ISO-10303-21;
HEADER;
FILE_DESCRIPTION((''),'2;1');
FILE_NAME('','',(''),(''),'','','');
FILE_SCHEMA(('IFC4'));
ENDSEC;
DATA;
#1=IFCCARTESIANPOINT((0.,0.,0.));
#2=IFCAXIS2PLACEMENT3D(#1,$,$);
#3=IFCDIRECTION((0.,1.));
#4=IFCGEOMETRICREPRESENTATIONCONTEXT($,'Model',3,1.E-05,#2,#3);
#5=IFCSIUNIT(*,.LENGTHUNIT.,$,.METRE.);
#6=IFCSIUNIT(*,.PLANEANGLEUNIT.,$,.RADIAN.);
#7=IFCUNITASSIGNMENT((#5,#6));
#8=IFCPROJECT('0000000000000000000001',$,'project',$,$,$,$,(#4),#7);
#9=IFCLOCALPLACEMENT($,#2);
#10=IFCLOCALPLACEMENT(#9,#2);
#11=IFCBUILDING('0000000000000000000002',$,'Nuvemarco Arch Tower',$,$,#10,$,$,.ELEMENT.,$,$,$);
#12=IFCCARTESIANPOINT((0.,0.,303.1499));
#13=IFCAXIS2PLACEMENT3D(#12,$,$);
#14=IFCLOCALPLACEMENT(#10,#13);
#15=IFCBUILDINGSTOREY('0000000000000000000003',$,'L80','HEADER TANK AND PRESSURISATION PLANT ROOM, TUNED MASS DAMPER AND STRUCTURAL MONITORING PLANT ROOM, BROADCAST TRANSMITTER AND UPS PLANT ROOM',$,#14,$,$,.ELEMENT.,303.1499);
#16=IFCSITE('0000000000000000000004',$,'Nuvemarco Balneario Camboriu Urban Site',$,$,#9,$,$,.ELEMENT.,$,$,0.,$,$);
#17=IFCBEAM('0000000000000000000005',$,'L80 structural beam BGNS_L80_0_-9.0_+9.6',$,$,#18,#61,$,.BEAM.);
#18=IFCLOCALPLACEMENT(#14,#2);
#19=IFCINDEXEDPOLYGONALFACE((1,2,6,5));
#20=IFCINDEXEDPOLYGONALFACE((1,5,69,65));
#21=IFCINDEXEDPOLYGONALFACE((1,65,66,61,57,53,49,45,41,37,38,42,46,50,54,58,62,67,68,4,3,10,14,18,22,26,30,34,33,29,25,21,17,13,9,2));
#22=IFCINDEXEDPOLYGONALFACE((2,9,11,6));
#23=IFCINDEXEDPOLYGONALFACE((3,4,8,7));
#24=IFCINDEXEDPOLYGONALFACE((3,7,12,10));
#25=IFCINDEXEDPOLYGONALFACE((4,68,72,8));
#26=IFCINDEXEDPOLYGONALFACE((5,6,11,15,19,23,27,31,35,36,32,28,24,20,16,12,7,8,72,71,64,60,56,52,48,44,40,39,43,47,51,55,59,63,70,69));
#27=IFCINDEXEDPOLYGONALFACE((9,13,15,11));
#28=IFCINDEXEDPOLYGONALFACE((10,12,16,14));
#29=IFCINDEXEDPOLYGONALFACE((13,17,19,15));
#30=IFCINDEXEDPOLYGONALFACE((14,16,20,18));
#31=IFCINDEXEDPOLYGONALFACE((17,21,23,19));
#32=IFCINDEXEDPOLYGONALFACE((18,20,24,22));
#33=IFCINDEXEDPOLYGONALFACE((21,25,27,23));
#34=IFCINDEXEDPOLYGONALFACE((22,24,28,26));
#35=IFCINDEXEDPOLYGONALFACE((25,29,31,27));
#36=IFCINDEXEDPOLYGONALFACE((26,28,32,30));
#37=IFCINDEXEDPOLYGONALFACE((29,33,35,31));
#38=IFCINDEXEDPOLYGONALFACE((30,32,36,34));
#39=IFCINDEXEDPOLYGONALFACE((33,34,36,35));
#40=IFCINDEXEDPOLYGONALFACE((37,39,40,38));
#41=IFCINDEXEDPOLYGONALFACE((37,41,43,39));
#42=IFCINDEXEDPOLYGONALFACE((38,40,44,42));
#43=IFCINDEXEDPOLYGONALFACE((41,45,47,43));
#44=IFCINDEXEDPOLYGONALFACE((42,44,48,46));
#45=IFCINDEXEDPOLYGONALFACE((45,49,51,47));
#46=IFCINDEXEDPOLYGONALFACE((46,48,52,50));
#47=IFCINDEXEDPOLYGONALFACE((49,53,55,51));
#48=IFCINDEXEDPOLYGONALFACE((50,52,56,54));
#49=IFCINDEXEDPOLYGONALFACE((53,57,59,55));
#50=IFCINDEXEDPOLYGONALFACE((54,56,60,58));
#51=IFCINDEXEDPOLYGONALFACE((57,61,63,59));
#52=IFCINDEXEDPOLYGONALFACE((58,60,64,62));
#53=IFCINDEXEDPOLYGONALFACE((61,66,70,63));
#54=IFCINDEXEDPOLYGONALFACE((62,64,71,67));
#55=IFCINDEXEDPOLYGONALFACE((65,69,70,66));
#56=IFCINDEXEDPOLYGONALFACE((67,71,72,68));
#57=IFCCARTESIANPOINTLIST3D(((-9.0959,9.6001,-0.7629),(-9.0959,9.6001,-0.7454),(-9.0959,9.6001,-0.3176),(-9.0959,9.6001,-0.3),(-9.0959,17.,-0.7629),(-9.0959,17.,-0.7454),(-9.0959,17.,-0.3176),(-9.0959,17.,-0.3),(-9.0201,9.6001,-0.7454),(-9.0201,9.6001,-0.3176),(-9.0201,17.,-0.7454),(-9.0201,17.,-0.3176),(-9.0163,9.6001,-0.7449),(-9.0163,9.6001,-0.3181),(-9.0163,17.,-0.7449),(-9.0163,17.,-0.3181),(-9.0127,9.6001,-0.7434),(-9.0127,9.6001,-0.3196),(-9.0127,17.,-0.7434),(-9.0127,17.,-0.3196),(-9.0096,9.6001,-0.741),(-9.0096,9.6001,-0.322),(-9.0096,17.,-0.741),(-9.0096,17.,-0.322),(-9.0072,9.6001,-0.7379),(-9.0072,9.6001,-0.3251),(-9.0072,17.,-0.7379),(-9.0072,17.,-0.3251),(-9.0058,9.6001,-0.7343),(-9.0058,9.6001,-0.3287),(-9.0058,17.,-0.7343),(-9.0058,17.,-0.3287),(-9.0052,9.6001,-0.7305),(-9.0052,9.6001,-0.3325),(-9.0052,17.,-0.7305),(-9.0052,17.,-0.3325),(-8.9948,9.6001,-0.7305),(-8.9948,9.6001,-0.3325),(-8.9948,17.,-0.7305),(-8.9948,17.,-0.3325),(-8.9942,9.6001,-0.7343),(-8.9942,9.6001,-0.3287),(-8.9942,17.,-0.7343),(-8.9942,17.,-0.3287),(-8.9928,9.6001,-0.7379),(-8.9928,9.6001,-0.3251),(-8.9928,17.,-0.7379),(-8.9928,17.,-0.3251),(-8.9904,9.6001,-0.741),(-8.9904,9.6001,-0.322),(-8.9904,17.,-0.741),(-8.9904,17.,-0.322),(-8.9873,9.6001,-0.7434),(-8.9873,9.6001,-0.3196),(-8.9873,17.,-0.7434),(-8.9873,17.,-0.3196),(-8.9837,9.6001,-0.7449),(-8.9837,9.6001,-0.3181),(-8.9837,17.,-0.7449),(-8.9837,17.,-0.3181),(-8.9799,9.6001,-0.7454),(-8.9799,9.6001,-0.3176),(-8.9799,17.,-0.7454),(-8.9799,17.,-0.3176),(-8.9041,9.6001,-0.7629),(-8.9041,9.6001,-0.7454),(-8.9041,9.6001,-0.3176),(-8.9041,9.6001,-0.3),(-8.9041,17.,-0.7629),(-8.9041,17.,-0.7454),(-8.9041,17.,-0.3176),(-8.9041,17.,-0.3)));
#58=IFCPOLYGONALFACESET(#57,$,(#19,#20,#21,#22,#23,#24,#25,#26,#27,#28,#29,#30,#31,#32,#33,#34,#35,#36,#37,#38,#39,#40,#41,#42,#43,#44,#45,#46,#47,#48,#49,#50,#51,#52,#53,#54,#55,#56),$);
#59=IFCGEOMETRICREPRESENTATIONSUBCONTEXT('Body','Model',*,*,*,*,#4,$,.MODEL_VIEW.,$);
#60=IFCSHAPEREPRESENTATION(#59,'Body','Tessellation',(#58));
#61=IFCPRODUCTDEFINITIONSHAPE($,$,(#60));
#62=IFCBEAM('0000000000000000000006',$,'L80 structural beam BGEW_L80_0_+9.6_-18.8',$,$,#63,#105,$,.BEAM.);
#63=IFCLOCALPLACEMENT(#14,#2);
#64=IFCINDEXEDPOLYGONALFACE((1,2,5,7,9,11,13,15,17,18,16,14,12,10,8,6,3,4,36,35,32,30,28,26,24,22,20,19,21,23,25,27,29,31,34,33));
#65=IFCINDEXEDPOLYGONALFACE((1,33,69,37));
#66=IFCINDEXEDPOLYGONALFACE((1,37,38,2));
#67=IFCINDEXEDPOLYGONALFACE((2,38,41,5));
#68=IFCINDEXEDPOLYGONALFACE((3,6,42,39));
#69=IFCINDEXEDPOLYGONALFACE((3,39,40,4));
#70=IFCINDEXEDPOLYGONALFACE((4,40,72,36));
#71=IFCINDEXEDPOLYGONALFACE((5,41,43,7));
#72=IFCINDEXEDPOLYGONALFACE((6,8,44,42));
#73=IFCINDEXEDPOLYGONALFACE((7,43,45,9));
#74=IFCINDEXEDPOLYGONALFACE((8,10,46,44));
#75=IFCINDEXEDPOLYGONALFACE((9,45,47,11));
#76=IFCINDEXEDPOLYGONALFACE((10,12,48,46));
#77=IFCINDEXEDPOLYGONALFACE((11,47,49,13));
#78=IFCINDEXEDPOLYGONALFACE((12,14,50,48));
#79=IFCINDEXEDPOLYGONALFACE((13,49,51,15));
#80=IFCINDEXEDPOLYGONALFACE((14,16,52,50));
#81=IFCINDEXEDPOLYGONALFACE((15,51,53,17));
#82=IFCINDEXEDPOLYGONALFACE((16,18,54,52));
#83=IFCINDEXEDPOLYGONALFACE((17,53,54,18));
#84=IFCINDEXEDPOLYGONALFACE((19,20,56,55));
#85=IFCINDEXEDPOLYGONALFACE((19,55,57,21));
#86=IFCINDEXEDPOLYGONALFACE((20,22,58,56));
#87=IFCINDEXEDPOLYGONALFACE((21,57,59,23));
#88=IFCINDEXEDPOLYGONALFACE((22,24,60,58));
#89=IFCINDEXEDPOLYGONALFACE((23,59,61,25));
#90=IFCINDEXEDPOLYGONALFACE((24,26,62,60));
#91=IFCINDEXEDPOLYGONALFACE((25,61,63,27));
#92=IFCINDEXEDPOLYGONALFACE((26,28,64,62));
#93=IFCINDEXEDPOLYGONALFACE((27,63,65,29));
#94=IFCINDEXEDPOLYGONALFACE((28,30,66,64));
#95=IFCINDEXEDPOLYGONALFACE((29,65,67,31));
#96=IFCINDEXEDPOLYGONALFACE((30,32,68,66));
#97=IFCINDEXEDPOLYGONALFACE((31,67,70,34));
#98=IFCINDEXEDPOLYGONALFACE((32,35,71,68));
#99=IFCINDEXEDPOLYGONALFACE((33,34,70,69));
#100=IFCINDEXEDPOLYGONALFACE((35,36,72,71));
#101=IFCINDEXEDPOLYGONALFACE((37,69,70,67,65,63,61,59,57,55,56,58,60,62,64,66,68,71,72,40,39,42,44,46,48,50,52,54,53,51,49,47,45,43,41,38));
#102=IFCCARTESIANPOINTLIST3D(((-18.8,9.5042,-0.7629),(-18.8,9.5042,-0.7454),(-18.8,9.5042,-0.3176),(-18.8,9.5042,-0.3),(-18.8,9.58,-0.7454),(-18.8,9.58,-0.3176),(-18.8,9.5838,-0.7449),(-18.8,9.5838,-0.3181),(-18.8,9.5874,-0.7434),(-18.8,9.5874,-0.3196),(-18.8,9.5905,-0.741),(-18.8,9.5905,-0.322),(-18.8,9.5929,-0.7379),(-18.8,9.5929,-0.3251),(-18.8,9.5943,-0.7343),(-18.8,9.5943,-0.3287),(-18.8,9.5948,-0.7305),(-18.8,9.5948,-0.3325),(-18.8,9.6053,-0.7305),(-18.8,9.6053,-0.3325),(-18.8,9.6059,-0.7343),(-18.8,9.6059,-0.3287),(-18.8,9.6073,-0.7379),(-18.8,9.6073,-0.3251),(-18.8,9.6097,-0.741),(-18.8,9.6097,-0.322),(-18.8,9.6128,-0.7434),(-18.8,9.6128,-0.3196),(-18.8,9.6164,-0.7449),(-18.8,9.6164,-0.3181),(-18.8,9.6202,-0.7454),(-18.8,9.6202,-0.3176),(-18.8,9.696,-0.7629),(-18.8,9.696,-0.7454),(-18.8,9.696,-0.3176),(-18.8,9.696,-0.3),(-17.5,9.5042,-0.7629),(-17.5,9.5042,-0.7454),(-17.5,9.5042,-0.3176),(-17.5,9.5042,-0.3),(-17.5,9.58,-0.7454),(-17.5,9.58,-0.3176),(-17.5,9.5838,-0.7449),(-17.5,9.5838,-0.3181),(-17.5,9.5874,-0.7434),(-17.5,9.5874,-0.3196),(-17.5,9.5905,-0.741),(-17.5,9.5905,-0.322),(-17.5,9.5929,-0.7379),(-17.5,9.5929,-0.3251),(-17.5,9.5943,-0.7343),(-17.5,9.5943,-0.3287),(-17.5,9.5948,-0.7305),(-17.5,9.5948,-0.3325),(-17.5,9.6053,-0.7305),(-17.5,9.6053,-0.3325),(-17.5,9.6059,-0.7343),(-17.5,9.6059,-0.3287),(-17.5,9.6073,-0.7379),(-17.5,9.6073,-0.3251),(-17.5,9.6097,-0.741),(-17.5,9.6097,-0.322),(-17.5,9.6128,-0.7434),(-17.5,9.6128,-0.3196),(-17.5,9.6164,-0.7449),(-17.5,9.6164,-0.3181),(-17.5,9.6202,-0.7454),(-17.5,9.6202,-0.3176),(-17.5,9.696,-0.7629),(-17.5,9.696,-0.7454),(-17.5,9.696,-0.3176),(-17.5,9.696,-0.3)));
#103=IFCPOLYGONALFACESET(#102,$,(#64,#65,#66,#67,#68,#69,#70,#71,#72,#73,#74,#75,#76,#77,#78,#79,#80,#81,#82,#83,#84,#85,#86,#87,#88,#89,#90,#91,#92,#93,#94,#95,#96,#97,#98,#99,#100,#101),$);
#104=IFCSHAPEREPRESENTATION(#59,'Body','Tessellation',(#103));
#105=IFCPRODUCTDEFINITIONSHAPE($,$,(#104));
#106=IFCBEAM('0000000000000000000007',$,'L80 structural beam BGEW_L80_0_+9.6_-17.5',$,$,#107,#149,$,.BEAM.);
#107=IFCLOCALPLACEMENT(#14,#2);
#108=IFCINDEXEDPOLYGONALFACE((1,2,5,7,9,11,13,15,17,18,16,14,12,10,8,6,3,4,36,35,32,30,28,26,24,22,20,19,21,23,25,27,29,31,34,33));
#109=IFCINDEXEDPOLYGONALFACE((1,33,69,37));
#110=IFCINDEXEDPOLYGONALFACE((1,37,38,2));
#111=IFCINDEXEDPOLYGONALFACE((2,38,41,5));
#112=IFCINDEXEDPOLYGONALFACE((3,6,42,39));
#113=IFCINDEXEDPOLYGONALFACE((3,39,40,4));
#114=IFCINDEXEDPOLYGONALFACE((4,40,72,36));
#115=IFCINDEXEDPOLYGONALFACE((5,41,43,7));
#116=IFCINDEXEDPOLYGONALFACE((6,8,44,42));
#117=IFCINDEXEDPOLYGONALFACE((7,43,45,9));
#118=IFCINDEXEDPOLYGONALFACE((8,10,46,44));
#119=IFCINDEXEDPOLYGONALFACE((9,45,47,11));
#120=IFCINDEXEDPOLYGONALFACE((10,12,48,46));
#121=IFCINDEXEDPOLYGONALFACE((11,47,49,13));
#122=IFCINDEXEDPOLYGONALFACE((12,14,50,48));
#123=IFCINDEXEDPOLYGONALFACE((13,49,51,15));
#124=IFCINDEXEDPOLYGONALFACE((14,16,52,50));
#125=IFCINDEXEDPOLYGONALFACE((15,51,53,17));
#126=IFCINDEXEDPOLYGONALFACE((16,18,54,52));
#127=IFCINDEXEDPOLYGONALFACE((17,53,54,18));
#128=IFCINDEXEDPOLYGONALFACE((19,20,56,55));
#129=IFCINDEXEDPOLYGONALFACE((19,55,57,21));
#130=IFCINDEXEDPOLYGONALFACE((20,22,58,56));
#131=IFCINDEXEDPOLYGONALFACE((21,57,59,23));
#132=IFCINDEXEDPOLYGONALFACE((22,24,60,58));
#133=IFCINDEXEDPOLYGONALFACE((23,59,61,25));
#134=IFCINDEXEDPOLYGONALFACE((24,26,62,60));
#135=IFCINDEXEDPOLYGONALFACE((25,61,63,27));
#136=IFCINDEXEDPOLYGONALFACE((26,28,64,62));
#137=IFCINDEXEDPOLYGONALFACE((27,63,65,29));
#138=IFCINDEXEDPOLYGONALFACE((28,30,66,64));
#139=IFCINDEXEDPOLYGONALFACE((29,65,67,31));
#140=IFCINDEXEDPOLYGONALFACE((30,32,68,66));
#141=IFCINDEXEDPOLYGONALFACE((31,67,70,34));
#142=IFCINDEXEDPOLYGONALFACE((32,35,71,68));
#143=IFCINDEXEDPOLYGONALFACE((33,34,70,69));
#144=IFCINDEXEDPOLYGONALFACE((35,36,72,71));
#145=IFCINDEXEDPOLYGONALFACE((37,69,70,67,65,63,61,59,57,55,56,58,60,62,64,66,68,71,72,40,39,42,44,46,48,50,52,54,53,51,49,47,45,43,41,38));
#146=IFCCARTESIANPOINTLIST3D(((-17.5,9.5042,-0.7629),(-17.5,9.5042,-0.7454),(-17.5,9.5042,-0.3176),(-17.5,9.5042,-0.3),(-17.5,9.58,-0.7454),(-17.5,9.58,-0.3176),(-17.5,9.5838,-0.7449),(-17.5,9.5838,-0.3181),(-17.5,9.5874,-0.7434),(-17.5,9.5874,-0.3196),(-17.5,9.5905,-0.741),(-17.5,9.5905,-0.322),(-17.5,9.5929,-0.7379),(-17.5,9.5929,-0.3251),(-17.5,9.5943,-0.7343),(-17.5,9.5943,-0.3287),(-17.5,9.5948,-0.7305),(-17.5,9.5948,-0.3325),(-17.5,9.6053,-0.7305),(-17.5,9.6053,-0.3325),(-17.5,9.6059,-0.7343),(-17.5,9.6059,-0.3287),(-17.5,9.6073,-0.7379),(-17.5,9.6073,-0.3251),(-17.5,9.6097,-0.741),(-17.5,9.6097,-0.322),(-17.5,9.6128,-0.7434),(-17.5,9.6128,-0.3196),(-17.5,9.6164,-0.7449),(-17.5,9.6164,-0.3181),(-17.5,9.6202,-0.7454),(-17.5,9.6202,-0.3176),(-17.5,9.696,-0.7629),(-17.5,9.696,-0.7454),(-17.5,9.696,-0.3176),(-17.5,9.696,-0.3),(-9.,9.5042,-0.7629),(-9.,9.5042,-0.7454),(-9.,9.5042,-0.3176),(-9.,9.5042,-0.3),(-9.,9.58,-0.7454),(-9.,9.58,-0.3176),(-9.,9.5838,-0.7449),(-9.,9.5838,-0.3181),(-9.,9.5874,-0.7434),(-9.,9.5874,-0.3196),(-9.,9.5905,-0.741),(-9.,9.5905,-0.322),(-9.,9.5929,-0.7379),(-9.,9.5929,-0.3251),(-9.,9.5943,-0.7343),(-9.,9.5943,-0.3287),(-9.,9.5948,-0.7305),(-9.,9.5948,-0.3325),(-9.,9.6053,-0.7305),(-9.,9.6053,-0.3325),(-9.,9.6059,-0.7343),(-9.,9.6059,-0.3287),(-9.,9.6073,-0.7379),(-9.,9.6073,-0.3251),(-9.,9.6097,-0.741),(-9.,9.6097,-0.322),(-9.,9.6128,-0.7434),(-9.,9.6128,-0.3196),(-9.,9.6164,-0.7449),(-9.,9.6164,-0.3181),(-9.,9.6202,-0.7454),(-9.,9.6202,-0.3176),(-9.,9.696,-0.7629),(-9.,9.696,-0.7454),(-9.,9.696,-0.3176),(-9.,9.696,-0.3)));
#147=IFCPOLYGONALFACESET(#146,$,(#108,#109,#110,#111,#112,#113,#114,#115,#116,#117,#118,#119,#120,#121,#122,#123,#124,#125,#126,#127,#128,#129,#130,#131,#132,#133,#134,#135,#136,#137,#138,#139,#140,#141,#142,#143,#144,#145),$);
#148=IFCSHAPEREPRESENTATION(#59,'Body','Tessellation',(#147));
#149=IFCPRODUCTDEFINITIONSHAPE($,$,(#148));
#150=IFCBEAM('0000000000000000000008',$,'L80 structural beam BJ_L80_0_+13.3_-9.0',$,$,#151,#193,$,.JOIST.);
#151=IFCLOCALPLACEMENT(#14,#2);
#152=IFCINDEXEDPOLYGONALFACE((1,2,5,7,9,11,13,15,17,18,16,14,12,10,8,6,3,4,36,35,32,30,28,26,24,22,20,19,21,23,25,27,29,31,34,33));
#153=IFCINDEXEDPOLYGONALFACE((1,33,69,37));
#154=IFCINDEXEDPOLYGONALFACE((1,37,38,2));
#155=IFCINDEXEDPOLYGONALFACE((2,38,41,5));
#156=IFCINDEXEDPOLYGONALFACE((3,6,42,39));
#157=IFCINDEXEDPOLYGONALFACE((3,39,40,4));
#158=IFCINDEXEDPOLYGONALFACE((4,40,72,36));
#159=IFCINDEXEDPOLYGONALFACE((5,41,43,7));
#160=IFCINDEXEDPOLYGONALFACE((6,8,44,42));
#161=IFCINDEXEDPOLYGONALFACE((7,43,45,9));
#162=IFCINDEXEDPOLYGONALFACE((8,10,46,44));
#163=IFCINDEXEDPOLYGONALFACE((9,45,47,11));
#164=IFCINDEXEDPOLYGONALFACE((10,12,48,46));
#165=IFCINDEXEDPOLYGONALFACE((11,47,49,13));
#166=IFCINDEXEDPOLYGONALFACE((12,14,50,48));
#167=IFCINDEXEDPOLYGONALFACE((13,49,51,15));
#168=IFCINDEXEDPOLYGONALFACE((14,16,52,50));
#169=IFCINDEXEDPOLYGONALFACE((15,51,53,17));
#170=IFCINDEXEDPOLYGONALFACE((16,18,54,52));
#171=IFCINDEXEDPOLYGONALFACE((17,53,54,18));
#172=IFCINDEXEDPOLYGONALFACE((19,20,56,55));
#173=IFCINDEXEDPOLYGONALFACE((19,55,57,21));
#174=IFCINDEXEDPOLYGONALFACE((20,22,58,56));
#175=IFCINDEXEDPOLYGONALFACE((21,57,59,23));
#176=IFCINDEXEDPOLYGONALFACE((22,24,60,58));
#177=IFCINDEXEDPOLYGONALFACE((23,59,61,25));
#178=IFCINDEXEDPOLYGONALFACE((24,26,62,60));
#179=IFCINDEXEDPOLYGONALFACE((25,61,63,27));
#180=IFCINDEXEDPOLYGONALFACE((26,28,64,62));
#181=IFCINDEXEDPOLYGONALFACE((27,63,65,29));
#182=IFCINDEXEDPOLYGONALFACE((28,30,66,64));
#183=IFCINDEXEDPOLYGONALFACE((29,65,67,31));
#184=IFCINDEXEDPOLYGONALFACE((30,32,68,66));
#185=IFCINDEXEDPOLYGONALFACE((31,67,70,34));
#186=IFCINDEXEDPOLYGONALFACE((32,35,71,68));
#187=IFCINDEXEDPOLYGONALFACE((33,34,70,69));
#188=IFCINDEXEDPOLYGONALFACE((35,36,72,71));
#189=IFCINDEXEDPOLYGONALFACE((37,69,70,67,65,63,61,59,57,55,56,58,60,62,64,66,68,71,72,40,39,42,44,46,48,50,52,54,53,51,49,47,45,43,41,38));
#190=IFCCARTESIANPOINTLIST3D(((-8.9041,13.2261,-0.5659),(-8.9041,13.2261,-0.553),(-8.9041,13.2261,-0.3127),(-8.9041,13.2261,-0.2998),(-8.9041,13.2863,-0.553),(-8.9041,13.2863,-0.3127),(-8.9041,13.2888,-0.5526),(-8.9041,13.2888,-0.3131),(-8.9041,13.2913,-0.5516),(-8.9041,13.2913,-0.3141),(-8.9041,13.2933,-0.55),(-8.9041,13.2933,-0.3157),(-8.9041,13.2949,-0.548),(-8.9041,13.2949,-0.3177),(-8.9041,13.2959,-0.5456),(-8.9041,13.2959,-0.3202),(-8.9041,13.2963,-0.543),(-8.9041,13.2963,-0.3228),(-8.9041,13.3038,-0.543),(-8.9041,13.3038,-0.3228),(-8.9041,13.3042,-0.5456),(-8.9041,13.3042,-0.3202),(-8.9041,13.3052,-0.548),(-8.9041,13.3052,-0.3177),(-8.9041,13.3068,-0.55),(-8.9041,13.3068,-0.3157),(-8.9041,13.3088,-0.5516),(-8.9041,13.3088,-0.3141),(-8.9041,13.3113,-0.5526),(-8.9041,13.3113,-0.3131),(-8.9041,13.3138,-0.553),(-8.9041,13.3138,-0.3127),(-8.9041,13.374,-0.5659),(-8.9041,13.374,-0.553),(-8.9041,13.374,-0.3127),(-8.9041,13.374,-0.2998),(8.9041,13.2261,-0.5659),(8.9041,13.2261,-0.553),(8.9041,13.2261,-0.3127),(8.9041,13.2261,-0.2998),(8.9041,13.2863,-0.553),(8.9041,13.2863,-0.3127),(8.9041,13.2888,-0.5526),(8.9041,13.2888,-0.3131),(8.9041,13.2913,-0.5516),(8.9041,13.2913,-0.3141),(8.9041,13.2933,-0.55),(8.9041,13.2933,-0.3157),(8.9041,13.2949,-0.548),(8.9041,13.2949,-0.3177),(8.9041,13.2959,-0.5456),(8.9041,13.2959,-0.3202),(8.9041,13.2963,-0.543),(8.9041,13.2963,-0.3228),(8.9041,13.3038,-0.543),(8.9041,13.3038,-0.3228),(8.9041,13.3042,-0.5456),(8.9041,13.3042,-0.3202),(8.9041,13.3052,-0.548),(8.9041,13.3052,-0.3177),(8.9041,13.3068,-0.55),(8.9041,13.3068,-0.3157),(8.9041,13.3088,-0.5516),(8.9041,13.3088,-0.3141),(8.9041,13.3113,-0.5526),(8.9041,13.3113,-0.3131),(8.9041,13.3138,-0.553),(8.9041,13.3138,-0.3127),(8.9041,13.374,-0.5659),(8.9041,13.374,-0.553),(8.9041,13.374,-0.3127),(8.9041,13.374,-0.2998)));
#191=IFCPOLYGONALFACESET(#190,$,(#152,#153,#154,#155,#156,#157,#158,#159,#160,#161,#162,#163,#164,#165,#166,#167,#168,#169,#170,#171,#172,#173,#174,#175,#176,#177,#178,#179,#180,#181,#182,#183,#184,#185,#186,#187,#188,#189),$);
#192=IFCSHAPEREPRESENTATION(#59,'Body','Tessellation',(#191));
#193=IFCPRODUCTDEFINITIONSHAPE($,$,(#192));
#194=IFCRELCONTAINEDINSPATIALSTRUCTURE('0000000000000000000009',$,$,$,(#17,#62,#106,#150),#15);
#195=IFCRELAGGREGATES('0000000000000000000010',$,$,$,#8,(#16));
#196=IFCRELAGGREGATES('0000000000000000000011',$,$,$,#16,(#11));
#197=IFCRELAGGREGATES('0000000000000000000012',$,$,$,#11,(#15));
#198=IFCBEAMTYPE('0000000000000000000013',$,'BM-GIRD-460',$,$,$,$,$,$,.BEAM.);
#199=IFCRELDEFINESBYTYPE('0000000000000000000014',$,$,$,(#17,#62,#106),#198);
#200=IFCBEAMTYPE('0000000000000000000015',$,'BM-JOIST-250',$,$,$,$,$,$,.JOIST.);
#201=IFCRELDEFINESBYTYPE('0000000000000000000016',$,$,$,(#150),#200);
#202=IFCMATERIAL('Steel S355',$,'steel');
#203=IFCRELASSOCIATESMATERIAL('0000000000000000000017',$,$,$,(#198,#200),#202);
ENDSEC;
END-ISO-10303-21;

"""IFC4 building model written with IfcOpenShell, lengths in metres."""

from ifc_helpers import new_model, si_unit, direction, frame, origin, origin_2d, place, context, subcontext, project, spatial, i_section, extrude, material, material_profile, profile_set, type_object, element, save


model = new_model("IFC4")

# Units and contexts
model_context = context("Model", 3, precision=1e-05, world=origin(), true_north=direction((0.0, 1.0)))
body_context = subcontext(model_context, "Body", "Model", "MODEL_VIEW")
ifc_project = project(units=[si_unit("LENGTHUNIT", "METRE"), si_unit("PLANEANGLEUNIT", "RADIAN")], contexts=[model_context])

# Site, building, storey
site_placement = place(None, origin())
site = spatial("IfcSite", under=ifc_project, at=site_placement, Name="Nuvemarco Balneario Camboriu Urban Site", CompositionType="ELEMENT", RefElevation=0.0)
building_placement = place(site_placement, origin())
building = spatial("IfcBuilding", under=site, at=building_placement, Name="Nuvemarco Arch Tower", CompositionType="ELEMENT")
storey_placement = place(building_placement, frame((0.0, 0.0, 303.1499)))
storey = spatial("IfcBuildingStorey", under=building, at=storey_placement, Name="L80", Description="HEADER TANK AND PRESSURISATION PLANT ROOM, TUNED MASS DAMPER AND STRUCTURAL MONITORING PLANT ROOM, BROADCAST TRANSMITTER AND UPS PLANT ROOM", CompositionType="ELEMENT", Elevation=303.1499)

# Shared definitions
ifc_material_1 = material(Name="Steel S355", Category="steel")

# Beams
ifc_material_profile_1 = material_profile(ifc_material_1, i_section(OverallWidth=0.1919, OverallDepth=0.4629, WebThickness=0.0105, FlangeThickness=0.0176, FilletRadius=0.0149, at=origin_2d()), Name="W460x89")
ifc_profile_set_1 = profile_set([ifc_material_profile_1], Name="Steel S355")
beam_type_1 = type_object("IfcBeamType", Name="BM-GIRD-460", PredefinedType="BEAM", material=ifc_profile_set_1)
beam_1_placement = place(storey_placement, frame((-9.0, 9.6001, -0.5315), z_axis=(0.0, 1.0, 0.0), x_axis=(-1.0, 0.0, 0.0)))
element("IfcBeam", 1, at=beam_1_placement, inside=storey, type_object=beam_type_1, Name="L80 structural beam BGNS_L80_0_-9.0_+9.6", PredefinedType="BEAM", context=body_context, shape_type="SweptSolid", body=[
    extrude(i_section(OverallWidth=0.1919, OverallDepth=0.4629, WebThickness=0.0105, FlangeThickness=0.0176, FilletRadius=0.0149, at=origin_2d()), origin(), (0.0, 0.0, 1.0), 7.3999),
])
beam_2_placement = place(storey_placement, frame((-18.8, 9.6001, -0.5315), z_axis=(1.0, 0.0, 0.0), x_axis=(0.0, 1.0, 0.0)))
element("IfcBeam", 2, at=beam_2_placement, inside=storey, type_object=beam_type_1, Name="L80 structural beam BGEW_L80_0_+9.6_-18.8", PredefinedType="BEAM", context=body_context, shape_type="SweptSolid", body=[
    extrude(i_section(OverallWidth=0.1919, OverallDepth=0.4629, WebThickness=0.0105, FlangeThickness=0.0176, FilletRadius=0.0149, at=origin_2d()), origin(), (0.0, 0.0, 1.0), 1.3),
])
beam_3_placement = place(storey_placement, frame((-17.5, 9.6001, -0.5315), z_axis=(1.0, 0.0, 0.0), x_axis=(0.0, 1.0, 0.0)))
element("IfcBeam", 3, at=beam_3_placement, inside=storey, type_object=beam_type_1, Name="L80 structural beam BGEW_L80_0_+9.6_-17.5", PredefinedType="BEAM", context=body_context, shape_type="SweptSolid", body=[
    extrude(i_section(OverallWidth=0.1919, OverallDepth=0.4629, WebThickness=0.0105, FlangeThickness=0.0176, FilletRadius=0.0149, at=origin_2d()), origin(), (0.0, 0.0, 1.0), 8.5),
])
ifc_material_profile_2 = material_profile(ifc_material_1, i_section(OverallWidth=0.1479, OverallDepth=0.2661, WebThickness=0.0076, FlangeThickness=0.0129, FilletRadius=0.01, at=origin_2d()), Name="W250x44.8")
ifc_profile_set_2 = profile_set([ifc_material_profile_2], Name="Steel S355")
beam_type_2 = type_object("IfcBeamType", Name="BM-JOIST-250", PredefinedType="JOIST", material=ifc_profile_set_2)
beam_4_placement = place(storey_placement, frame((-8.9041, 13.3, -0.4329), z_axis=(1.0, 0.0, 0.0), x_axis=(0.0, 1.0, 0.0)))
element("IfcBeam", 4, at=beam_4_placement, inside=storey, type_object=beam_type_2, Name="L80 structural beam BJ_L80_0_+13.3_-9.0", PredefinedType="JOIST", context=body_context, shape_type="SweptSolid", body=[
    extrude(i_section(OverallWidth=0.1479, OverallDepth=0.2661, WebThickness=0.0076, FlangeThickness=0.0129, FilletRadius=0.01, at=origin_2d()), origin(), (0.0, 0.0, 1.0), 17.8081),
])

save(model, "model.ifc")
